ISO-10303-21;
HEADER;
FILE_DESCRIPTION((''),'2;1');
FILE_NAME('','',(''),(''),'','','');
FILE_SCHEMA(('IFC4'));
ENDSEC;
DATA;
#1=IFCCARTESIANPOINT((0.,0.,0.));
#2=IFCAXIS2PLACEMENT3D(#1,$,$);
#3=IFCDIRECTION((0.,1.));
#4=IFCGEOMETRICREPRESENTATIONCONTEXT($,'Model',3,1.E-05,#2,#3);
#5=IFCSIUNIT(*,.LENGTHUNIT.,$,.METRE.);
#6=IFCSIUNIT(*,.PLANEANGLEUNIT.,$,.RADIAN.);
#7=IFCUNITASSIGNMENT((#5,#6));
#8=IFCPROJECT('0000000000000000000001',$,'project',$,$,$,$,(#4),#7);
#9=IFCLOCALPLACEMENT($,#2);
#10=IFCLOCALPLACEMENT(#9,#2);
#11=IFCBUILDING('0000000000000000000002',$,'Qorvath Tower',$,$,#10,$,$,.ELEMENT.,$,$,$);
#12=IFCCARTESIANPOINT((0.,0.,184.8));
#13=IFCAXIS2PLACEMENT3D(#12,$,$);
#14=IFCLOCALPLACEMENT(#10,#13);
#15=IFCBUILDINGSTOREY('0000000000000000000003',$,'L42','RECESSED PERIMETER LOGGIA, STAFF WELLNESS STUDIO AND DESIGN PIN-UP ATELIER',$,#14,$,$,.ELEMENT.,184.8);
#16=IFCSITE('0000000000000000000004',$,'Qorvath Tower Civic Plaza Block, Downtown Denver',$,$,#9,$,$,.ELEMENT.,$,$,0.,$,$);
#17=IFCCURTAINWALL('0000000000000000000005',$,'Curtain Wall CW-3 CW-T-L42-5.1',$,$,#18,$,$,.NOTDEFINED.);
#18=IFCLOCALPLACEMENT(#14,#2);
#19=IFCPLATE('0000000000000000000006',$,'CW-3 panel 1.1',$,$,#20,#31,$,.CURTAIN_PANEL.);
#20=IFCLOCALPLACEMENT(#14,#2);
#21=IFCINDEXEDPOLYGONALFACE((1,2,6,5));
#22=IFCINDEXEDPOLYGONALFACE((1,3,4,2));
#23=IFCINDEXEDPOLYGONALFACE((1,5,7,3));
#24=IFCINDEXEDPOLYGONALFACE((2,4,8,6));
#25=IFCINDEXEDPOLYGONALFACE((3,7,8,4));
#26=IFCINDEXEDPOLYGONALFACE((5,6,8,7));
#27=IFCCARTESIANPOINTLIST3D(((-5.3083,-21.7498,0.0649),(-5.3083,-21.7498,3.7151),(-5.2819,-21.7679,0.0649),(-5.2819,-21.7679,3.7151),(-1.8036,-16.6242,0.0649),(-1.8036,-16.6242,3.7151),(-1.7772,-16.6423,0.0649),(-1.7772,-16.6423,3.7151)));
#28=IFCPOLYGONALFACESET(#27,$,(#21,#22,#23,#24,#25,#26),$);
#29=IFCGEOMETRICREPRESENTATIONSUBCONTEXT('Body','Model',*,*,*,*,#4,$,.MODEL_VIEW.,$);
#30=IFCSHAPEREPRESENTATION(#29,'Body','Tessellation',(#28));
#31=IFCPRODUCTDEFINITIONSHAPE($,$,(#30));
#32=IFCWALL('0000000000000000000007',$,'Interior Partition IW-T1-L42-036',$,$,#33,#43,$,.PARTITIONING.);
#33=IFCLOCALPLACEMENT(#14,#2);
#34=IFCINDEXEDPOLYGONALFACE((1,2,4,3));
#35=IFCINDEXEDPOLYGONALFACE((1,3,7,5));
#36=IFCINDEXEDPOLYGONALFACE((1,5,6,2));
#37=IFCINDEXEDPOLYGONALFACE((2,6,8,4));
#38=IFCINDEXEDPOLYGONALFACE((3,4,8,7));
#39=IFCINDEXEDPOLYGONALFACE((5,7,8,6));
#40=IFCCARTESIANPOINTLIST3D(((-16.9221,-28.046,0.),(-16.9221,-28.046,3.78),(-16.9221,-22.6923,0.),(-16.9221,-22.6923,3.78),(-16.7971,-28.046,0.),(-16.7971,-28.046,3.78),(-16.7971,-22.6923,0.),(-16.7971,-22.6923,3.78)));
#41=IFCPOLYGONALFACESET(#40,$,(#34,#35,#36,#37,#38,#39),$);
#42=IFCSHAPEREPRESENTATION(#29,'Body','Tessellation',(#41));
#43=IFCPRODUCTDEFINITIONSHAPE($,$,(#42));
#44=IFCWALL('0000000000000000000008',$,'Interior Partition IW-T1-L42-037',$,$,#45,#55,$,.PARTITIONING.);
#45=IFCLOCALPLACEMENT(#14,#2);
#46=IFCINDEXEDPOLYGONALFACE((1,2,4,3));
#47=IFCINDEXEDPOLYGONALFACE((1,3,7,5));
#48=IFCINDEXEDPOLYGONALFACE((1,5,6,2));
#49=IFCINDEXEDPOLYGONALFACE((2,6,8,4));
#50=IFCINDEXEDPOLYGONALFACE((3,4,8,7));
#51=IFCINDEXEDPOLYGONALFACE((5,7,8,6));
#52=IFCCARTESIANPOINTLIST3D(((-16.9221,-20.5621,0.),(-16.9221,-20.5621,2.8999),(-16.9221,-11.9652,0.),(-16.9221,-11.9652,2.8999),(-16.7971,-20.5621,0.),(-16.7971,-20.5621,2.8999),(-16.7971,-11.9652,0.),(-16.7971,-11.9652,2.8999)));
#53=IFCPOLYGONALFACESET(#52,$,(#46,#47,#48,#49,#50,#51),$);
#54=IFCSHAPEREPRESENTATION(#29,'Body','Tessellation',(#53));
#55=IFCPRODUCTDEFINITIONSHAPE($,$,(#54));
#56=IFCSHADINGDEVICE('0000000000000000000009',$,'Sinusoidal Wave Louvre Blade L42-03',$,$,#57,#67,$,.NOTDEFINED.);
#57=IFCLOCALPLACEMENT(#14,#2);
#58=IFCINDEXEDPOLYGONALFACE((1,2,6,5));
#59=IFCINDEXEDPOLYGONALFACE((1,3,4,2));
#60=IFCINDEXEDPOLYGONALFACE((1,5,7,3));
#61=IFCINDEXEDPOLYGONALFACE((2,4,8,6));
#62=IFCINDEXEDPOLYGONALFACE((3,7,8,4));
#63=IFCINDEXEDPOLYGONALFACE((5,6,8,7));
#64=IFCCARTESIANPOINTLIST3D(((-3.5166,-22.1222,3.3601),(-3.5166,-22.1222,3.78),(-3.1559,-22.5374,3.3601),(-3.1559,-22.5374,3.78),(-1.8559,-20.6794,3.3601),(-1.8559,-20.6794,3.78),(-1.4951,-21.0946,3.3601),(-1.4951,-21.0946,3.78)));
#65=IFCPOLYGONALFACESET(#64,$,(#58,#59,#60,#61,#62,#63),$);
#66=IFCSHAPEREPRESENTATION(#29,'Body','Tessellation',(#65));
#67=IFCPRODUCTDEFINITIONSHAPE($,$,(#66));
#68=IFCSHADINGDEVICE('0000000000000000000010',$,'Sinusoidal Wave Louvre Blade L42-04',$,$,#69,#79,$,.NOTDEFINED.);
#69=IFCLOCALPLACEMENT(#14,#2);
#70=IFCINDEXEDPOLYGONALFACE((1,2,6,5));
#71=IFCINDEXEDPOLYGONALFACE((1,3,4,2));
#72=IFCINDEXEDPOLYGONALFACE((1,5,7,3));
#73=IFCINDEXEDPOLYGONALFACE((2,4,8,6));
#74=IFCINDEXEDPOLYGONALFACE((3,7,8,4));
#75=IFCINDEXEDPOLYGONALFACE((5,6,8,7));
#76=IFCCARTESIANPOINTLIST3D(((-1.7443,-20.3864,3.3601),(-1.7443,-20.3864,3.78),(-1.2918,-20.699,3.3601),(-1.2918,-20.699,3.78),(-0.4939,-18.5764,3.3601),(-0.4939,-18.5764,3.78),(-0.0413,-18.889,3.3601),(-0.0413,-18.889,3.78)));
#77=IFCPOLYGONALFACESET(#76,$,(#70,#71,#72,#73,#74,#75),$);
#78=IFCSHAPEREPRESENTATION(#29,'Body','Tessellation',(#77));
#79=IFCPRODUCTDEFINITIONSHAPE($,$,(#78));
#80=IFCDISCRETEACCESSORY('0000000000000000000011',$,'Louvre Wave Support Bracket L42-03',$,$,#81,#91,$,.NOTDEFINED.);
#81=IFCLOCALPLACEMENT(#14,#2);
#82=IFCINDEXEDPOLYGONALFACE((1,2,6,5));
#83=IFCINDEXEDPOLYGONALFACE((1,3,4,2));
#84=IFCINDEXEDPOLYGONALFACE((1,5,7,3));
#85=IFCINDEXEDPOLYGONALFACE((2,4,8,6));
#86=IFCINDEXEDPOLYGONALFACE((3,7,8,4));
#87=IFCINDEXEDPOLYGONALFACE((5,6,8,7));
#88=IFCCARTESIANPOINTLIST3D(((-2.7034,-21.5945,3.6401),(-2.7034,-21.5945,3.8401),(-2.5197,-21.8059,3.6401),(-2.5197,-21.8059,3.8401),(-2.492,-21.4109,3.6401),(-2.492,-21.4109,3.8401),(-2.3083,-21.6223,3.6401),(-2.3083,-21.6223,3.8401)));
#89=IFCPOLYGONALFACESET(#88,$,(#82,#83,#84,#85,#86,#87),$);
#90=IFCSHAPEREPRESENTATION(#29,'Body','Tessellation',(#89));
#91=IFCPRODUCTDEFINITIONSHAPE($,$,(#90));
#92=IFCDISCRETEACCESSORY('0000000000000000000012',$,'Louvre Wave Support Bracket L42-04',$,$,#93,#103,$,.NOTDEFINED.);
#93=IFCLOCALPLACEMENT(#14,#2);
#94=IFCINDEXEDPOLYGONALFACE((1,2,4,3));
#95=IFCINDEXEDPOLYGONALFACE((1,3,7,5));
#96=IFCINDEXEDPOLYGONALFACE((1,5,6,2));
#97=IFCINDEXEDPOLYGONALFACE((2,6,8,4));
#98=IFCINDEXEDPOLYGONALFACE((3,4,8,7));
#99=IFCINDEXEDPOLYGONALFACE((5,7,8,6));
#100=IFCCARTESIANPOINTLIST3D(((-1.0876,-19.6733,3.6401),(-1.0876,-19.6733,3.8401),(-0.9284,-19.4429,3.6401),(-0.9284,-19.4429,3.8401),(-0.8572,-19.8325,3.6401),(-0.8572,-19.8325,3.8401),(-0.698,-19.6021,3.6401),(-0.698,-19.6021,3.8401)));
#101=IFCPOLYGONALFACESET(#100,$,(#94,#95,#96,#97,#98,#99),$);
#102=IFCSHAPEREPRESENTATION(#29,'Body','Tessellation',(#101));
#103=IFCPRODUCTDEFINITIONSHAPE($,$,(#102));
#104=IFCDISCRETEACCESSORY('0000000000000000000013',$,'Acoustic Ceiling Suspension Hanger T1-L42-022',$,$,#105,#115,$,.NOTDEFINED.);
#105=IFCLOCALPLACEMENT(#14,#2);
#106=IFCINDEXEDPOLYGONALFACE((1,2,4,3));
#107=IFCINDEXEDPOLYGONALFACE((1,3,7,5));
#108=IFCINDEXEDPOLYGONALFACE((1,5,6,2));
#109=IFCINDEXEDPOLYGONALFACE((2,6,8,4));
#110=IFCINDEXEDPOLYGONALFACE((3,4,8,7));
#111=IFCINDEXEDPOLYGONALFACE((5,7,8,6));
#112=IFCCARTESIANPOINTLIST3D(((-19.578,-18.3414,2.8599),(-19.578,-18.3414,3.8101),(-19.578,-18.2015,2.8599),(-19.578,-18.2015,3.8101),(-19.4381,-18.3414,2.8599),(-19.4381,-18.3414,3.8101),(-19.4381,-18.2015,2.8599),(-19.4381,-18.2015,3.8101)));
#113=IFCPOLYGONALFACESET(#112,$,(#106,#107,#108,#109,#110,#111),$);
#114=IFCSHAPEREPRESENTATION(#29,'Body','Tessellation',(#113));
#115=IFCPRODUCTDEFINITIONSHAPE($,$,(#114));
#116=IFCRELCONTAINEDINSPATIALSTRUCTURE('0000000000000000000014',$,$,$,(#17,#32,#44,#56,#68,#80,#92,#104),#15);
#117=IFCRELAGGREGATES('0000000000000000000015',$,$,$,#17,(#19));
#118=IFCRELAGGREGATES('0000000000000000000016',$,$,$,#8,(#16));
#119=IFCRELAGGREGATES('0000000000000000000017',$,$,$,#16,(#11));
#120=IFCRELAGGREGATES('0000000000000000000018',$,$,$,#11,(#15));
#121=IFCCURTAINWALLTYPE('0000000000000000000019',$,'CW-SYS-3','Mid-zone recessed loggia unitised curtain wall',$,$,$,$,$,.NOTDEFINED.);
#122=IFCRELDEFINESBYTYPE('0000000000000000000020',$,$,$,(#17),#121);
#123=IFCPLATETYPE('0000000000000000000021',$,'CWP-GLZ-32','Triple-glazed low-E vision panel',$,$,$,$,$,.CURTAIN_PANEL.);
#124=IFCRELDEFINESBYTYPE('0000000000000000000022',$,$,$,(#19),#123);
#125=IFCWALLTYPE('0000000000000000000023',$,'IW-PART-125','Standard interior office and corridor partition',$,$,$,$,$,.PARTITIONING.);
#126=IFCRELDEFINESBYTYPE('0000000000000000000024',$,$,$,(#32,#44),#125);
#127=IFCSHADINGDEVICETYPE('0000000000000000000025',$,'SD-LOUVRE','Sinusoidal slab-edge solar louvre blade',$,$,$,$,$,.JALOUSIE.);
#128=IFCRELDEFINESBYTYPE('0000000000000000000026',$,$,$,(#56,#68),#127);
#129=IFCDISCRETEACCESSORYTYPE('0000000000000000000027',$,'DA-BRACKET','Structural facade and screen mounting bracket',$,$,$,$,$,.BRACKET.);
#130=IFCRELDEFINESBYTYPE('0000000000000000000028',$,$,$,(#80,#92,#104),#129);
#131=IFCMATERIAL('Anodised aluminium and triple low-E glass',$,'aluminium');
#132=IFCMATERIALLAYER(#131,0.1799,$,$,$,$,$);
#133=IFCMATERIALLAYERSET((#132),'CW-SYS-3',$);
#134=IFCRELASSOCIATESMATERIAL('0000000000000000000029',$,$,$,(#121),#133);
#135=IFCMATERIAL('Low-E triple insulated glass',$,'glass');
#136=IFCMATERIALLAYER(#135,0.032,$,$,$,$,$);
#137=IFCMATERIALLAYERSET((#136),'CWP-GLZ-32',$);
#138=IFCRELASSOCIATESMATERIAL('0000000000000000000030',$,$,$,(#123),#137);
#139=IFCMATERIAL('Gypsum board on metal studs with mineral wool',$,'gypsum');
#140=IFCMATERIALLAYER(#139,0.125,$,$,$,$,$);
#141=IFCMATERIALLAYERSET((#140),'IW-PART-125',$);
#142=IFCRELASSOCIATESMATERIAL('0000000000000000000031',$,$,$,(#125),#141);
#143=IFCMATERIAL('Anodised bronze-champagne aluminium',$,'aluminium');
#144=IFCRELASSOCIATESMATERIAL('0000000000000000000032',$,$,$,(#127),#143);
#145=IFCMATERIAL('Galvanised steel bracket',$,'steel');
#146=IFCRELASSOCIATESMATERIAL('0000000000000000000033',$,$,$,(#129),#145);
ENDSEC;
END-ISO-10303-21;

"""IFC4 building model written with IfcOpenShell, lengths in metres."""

from ifc_helpers import new_model, si_unit, direction, frame, frame_2d, origin, origin_2d, place, context, subcontext, project, spatial, rectangle, extrude, material, layer, layer_set, type_object, element, aggregate, save


model = new_model("IFC4")

# Units and contexts
model_context = context("Model", 3, precision=1e-05, world=origin(), true_north=direction((0.0, 1.0)))
body_context = subcontext(model_context, "Body", "Model", "MODEL_VIEW")
ifc_project = project(units=[si_unit("LENGTHUNIT", "METRE"), si_unit("PLANEANGLEUNIT", "RADIAN")], contexts=[model_context])

# Site, building, storey
site_placement = place(None, origin())
site = spatial("IfcSite", under=ifc_project, at=site_placement, Name="Qorvath Tower Civic Plaza Block, Downtown Denver", CompositionType="ELEMENT", RefElevation=0.0)
building_placement = place(site_placement, origin())
building = spatial("IfcBuilding", under=site, at=building_placement, Name="Qorvath Tower", CompositionType="ELEMENT")
storey_placement = place(building_placement, frame((0.0, 0.0, 184.8)))
storey = spatial("IfcBuildingStorey", under=building, at=storey_placement, Name="L42", Description="RECESSED PERIMETER LOGGIA, STAFF WELLNESS STUDIO AND DESIGN PIN-UP ATELIER", CompositionType="ELEMENT", Elevation=184.8)

# Shared definitions
ifc_material_1 = material(Name="Anodised aluminium and triple low-E glass", Category="aluminium")
ifc_layer_1 = layer(ifc_material_1, 0.1799)
ifc_layer_set_1 = layer_set([ifc_layer_1], Name="CW-SYS-3")
curtain_wall_type = type_object("IfcCurtainWallType", Name="CW-SYS-3", Description="Mid-zone recessed loggia unitised curtain wall", PredefinedType="NOTDEFINED", material=ifc_layer_set_1)

# Curtain wall
curtain_wall_1_placement = place(storey_placement, origin())
curtain_wall_1 = element("IfcCurtainWall", 1, at=curtain_wall_1_placement, inside=storey, type_object=curtain_wall_type, Name="Curtain Wall CW-3 CW-T-L42-5.1", PredefinedType="NOTDEFINED")

# Plate
ifc_material_2 = material(Name="Low-E triple insulated glass", Category="glass")
ifc_layer_2 = layer(ifc_material_2, 0.032)
ifc_layer_set_2 = layer_set([ifc_layer_2], Name="CWP-GLZ-32")
plate_type = type_object("IfcPlateType", Name="CWP-GLZ-32", Description="Triple-glazed low-E vision panel", PredefinedType="CURTAIN_PANEL", material=ifc_layer_set_2)
plate_1_placement = place(storey_placement, frame((-3.5427, -19.196, 0.0649), z_axis=(0.0, 0.0, 1.0), x_axis=(0.564436, 0.825477, 0.0)))
plate_1 = element("IfcPlate", 2, at=plate_1_placement, type_object=plate_type, Name="CW-3 panel 1.1", PredefinedType="CURTAIN_PANEL", context=body_context, shape_type="SweptSolid", body=[
    extrude(rectangle(XDim=6.2092, YDim=0.032, at=origin_2d()), origin(), (0.0, 0.0, 1.0), 3.6501),
])
aggregate(curtain_wall_1, [plate_1])

# Walls
ifc_material_3 = material(Name="Gypsum board on metal studs with mineral wool", Category="gypsum")
ifc_layer_3 = layer(ifc_material_3, 0.125)
ifc_layer_set_3 = layer_set([ifc_layer_3], Name="IW-PART-125")
wall_type = type_object("IfcWallType", Name="IW-PART-125", Description="Standard interior office and corridor partition", PredefinedType="PARTITIONING", material=ifc_layer_set_3)
wall_1_placement = place(storey_placement, frame((-16.8596, -28.0459, 0.0), z_axis=(0.0, 0.0, 1.0), x_axis=(0.0, 1.0, 0.0)))
element("IfcWall", 3, at=wall_1_placement, inside=storey, type_object=wall_type, Name="Interior Partition IW-T1-L42-036", PredefinedType="PARTITIONING", context=body_context, shape_type="SweptSolid", body=[
    extrude(rectangle(XDim=5.3538, YDim=0.125, at=frame_2d((2.6768, 0.0))), origin(), (0.0, 0.0, 1.0), 3.78),
])
wall_2_placement = place(storey_placement, frame((-16.8596, -20.562, 0.0), z_axis=(0.0, 0.0, 1.0), x_axis=(0.0, 1.0, 0.0)))
element("IfcWall", 4, at=wall_2_placement, inside=storey, type_object=wall_type, Name="Interior Partition IW-T1-L42-037", PredefinedType="PARTITIONING", context=body_context, shape_type="SweptSolid", body=[
    extrude(rectangle(XDim=8.5969, YDim=0.125, at=frame_2d((4.2983, 0.0))), origin(), (0.0, 0.0, 1.0), 2.8999),
])

# Shading devices
ifc_material_4 = material(Name="Anodised bronze-champagne aluminium", Category="aluminium")
shading_device_type = type_object("IfcShadingDeviceType", Name="SD-LOUVRE", Description="Sinusoidal slab-edge solar louvre blade", PredefinedType="JALOUSIE", material=ifc_material_4)
for number, where, z_axis, x_axis, name in (
    (5, (-2.5059, -21.6084, 3.3601), (0.0, 0.0, 1.0), (0.754905, 0.655834, 0.0), "Sinusoidal Wave Louvre Blade L42-03"),
    (6, (-0.8928, -19.6377, 3.3601), (0.0, 0.0, 1.0), (0.568407, 0.822748, 0.0), "Sinusoidal Wave Louvre Blade L42-04"),
):
    element("IfcShadingDevice", number, at=place(storey_placement, frame(where, z_axis=z_axis, x_axis=x_axis)), inside=storey, type_object=shading_device_type, Name=name, PredefinedType="NOTDEFINED", context=body_context, shape_type="SweptSolid", body=[
        extrude(rectangle(XDim=2.2, YDim=0.55, at=origin_2d()), origin(), (0.0, 0.0, 1.0), 0.4199),
    ])

# Discrete accessories
ifc_material_5 = material(Name="Galvanised steel bracket", Category="steel")
discrete_accessory_type = type_object("IfcDiscreteAccessoryType", Name="DA-BRACKET", Description="Structural facade and screen mounting bracket", PredefinedType="BRACKET", material=ifc_material_5)
for number, where, z_axis, x_axis, name in (
    (7, (-2.5059, -21.6084, 3.6401), (0.0, 0.0, 1.0), (0.754905, 0.655834, 0.0), "Louvre Wave Support Bracket L42-03"),
    (8, (-0.8928, -19.6377, 3.6401), (0.0, 0.0, 1.0), (0.568407, 0.822748, 0.0), "Louvre Wave Support Bracket L42-04"),
):
    element("IfcDiscreteAccessory", number, at=place(storey_placement, frame(where, z_axis=z_axis, x_axis=x_axis)), inside=storey, type_object=discrete_accessory_type, Name=name, PredefinedType="NOTDEFINED", context=body_context, shape_type="SweptSolid", body=[
        extrude(rectangle(XDim=0.28, YDim=0.28, at=origin_2d()), origin(), (0.0, 0.0, 1.0), 0.2),
    ])
discrete_accessory_placement = place(storey_placement, frame((-19.5081, -18.2715, 2.8599), z_axis=(0.0, 0.0, 1.0), x_axis=(1.0, 0.0, 0.0)))
element("IfcDiscreteAccessory", 9, at=discrete_accessory_placement, inside=storey, type_object=discrete_accessory_type, Name="Acoustic Ceiling Suspension Hanger T1-L42-022", PredefinedType="NOTDEFINED", context=body_context, shape_type="SweptSolid", body=[
    extrude(rectangle(XDim=0.1399, YDim=0.1399, at=origin_2d()), origin(), (0.0, 0.0, 1.0), 0.9502),
])

save(model, "model.ifc")
